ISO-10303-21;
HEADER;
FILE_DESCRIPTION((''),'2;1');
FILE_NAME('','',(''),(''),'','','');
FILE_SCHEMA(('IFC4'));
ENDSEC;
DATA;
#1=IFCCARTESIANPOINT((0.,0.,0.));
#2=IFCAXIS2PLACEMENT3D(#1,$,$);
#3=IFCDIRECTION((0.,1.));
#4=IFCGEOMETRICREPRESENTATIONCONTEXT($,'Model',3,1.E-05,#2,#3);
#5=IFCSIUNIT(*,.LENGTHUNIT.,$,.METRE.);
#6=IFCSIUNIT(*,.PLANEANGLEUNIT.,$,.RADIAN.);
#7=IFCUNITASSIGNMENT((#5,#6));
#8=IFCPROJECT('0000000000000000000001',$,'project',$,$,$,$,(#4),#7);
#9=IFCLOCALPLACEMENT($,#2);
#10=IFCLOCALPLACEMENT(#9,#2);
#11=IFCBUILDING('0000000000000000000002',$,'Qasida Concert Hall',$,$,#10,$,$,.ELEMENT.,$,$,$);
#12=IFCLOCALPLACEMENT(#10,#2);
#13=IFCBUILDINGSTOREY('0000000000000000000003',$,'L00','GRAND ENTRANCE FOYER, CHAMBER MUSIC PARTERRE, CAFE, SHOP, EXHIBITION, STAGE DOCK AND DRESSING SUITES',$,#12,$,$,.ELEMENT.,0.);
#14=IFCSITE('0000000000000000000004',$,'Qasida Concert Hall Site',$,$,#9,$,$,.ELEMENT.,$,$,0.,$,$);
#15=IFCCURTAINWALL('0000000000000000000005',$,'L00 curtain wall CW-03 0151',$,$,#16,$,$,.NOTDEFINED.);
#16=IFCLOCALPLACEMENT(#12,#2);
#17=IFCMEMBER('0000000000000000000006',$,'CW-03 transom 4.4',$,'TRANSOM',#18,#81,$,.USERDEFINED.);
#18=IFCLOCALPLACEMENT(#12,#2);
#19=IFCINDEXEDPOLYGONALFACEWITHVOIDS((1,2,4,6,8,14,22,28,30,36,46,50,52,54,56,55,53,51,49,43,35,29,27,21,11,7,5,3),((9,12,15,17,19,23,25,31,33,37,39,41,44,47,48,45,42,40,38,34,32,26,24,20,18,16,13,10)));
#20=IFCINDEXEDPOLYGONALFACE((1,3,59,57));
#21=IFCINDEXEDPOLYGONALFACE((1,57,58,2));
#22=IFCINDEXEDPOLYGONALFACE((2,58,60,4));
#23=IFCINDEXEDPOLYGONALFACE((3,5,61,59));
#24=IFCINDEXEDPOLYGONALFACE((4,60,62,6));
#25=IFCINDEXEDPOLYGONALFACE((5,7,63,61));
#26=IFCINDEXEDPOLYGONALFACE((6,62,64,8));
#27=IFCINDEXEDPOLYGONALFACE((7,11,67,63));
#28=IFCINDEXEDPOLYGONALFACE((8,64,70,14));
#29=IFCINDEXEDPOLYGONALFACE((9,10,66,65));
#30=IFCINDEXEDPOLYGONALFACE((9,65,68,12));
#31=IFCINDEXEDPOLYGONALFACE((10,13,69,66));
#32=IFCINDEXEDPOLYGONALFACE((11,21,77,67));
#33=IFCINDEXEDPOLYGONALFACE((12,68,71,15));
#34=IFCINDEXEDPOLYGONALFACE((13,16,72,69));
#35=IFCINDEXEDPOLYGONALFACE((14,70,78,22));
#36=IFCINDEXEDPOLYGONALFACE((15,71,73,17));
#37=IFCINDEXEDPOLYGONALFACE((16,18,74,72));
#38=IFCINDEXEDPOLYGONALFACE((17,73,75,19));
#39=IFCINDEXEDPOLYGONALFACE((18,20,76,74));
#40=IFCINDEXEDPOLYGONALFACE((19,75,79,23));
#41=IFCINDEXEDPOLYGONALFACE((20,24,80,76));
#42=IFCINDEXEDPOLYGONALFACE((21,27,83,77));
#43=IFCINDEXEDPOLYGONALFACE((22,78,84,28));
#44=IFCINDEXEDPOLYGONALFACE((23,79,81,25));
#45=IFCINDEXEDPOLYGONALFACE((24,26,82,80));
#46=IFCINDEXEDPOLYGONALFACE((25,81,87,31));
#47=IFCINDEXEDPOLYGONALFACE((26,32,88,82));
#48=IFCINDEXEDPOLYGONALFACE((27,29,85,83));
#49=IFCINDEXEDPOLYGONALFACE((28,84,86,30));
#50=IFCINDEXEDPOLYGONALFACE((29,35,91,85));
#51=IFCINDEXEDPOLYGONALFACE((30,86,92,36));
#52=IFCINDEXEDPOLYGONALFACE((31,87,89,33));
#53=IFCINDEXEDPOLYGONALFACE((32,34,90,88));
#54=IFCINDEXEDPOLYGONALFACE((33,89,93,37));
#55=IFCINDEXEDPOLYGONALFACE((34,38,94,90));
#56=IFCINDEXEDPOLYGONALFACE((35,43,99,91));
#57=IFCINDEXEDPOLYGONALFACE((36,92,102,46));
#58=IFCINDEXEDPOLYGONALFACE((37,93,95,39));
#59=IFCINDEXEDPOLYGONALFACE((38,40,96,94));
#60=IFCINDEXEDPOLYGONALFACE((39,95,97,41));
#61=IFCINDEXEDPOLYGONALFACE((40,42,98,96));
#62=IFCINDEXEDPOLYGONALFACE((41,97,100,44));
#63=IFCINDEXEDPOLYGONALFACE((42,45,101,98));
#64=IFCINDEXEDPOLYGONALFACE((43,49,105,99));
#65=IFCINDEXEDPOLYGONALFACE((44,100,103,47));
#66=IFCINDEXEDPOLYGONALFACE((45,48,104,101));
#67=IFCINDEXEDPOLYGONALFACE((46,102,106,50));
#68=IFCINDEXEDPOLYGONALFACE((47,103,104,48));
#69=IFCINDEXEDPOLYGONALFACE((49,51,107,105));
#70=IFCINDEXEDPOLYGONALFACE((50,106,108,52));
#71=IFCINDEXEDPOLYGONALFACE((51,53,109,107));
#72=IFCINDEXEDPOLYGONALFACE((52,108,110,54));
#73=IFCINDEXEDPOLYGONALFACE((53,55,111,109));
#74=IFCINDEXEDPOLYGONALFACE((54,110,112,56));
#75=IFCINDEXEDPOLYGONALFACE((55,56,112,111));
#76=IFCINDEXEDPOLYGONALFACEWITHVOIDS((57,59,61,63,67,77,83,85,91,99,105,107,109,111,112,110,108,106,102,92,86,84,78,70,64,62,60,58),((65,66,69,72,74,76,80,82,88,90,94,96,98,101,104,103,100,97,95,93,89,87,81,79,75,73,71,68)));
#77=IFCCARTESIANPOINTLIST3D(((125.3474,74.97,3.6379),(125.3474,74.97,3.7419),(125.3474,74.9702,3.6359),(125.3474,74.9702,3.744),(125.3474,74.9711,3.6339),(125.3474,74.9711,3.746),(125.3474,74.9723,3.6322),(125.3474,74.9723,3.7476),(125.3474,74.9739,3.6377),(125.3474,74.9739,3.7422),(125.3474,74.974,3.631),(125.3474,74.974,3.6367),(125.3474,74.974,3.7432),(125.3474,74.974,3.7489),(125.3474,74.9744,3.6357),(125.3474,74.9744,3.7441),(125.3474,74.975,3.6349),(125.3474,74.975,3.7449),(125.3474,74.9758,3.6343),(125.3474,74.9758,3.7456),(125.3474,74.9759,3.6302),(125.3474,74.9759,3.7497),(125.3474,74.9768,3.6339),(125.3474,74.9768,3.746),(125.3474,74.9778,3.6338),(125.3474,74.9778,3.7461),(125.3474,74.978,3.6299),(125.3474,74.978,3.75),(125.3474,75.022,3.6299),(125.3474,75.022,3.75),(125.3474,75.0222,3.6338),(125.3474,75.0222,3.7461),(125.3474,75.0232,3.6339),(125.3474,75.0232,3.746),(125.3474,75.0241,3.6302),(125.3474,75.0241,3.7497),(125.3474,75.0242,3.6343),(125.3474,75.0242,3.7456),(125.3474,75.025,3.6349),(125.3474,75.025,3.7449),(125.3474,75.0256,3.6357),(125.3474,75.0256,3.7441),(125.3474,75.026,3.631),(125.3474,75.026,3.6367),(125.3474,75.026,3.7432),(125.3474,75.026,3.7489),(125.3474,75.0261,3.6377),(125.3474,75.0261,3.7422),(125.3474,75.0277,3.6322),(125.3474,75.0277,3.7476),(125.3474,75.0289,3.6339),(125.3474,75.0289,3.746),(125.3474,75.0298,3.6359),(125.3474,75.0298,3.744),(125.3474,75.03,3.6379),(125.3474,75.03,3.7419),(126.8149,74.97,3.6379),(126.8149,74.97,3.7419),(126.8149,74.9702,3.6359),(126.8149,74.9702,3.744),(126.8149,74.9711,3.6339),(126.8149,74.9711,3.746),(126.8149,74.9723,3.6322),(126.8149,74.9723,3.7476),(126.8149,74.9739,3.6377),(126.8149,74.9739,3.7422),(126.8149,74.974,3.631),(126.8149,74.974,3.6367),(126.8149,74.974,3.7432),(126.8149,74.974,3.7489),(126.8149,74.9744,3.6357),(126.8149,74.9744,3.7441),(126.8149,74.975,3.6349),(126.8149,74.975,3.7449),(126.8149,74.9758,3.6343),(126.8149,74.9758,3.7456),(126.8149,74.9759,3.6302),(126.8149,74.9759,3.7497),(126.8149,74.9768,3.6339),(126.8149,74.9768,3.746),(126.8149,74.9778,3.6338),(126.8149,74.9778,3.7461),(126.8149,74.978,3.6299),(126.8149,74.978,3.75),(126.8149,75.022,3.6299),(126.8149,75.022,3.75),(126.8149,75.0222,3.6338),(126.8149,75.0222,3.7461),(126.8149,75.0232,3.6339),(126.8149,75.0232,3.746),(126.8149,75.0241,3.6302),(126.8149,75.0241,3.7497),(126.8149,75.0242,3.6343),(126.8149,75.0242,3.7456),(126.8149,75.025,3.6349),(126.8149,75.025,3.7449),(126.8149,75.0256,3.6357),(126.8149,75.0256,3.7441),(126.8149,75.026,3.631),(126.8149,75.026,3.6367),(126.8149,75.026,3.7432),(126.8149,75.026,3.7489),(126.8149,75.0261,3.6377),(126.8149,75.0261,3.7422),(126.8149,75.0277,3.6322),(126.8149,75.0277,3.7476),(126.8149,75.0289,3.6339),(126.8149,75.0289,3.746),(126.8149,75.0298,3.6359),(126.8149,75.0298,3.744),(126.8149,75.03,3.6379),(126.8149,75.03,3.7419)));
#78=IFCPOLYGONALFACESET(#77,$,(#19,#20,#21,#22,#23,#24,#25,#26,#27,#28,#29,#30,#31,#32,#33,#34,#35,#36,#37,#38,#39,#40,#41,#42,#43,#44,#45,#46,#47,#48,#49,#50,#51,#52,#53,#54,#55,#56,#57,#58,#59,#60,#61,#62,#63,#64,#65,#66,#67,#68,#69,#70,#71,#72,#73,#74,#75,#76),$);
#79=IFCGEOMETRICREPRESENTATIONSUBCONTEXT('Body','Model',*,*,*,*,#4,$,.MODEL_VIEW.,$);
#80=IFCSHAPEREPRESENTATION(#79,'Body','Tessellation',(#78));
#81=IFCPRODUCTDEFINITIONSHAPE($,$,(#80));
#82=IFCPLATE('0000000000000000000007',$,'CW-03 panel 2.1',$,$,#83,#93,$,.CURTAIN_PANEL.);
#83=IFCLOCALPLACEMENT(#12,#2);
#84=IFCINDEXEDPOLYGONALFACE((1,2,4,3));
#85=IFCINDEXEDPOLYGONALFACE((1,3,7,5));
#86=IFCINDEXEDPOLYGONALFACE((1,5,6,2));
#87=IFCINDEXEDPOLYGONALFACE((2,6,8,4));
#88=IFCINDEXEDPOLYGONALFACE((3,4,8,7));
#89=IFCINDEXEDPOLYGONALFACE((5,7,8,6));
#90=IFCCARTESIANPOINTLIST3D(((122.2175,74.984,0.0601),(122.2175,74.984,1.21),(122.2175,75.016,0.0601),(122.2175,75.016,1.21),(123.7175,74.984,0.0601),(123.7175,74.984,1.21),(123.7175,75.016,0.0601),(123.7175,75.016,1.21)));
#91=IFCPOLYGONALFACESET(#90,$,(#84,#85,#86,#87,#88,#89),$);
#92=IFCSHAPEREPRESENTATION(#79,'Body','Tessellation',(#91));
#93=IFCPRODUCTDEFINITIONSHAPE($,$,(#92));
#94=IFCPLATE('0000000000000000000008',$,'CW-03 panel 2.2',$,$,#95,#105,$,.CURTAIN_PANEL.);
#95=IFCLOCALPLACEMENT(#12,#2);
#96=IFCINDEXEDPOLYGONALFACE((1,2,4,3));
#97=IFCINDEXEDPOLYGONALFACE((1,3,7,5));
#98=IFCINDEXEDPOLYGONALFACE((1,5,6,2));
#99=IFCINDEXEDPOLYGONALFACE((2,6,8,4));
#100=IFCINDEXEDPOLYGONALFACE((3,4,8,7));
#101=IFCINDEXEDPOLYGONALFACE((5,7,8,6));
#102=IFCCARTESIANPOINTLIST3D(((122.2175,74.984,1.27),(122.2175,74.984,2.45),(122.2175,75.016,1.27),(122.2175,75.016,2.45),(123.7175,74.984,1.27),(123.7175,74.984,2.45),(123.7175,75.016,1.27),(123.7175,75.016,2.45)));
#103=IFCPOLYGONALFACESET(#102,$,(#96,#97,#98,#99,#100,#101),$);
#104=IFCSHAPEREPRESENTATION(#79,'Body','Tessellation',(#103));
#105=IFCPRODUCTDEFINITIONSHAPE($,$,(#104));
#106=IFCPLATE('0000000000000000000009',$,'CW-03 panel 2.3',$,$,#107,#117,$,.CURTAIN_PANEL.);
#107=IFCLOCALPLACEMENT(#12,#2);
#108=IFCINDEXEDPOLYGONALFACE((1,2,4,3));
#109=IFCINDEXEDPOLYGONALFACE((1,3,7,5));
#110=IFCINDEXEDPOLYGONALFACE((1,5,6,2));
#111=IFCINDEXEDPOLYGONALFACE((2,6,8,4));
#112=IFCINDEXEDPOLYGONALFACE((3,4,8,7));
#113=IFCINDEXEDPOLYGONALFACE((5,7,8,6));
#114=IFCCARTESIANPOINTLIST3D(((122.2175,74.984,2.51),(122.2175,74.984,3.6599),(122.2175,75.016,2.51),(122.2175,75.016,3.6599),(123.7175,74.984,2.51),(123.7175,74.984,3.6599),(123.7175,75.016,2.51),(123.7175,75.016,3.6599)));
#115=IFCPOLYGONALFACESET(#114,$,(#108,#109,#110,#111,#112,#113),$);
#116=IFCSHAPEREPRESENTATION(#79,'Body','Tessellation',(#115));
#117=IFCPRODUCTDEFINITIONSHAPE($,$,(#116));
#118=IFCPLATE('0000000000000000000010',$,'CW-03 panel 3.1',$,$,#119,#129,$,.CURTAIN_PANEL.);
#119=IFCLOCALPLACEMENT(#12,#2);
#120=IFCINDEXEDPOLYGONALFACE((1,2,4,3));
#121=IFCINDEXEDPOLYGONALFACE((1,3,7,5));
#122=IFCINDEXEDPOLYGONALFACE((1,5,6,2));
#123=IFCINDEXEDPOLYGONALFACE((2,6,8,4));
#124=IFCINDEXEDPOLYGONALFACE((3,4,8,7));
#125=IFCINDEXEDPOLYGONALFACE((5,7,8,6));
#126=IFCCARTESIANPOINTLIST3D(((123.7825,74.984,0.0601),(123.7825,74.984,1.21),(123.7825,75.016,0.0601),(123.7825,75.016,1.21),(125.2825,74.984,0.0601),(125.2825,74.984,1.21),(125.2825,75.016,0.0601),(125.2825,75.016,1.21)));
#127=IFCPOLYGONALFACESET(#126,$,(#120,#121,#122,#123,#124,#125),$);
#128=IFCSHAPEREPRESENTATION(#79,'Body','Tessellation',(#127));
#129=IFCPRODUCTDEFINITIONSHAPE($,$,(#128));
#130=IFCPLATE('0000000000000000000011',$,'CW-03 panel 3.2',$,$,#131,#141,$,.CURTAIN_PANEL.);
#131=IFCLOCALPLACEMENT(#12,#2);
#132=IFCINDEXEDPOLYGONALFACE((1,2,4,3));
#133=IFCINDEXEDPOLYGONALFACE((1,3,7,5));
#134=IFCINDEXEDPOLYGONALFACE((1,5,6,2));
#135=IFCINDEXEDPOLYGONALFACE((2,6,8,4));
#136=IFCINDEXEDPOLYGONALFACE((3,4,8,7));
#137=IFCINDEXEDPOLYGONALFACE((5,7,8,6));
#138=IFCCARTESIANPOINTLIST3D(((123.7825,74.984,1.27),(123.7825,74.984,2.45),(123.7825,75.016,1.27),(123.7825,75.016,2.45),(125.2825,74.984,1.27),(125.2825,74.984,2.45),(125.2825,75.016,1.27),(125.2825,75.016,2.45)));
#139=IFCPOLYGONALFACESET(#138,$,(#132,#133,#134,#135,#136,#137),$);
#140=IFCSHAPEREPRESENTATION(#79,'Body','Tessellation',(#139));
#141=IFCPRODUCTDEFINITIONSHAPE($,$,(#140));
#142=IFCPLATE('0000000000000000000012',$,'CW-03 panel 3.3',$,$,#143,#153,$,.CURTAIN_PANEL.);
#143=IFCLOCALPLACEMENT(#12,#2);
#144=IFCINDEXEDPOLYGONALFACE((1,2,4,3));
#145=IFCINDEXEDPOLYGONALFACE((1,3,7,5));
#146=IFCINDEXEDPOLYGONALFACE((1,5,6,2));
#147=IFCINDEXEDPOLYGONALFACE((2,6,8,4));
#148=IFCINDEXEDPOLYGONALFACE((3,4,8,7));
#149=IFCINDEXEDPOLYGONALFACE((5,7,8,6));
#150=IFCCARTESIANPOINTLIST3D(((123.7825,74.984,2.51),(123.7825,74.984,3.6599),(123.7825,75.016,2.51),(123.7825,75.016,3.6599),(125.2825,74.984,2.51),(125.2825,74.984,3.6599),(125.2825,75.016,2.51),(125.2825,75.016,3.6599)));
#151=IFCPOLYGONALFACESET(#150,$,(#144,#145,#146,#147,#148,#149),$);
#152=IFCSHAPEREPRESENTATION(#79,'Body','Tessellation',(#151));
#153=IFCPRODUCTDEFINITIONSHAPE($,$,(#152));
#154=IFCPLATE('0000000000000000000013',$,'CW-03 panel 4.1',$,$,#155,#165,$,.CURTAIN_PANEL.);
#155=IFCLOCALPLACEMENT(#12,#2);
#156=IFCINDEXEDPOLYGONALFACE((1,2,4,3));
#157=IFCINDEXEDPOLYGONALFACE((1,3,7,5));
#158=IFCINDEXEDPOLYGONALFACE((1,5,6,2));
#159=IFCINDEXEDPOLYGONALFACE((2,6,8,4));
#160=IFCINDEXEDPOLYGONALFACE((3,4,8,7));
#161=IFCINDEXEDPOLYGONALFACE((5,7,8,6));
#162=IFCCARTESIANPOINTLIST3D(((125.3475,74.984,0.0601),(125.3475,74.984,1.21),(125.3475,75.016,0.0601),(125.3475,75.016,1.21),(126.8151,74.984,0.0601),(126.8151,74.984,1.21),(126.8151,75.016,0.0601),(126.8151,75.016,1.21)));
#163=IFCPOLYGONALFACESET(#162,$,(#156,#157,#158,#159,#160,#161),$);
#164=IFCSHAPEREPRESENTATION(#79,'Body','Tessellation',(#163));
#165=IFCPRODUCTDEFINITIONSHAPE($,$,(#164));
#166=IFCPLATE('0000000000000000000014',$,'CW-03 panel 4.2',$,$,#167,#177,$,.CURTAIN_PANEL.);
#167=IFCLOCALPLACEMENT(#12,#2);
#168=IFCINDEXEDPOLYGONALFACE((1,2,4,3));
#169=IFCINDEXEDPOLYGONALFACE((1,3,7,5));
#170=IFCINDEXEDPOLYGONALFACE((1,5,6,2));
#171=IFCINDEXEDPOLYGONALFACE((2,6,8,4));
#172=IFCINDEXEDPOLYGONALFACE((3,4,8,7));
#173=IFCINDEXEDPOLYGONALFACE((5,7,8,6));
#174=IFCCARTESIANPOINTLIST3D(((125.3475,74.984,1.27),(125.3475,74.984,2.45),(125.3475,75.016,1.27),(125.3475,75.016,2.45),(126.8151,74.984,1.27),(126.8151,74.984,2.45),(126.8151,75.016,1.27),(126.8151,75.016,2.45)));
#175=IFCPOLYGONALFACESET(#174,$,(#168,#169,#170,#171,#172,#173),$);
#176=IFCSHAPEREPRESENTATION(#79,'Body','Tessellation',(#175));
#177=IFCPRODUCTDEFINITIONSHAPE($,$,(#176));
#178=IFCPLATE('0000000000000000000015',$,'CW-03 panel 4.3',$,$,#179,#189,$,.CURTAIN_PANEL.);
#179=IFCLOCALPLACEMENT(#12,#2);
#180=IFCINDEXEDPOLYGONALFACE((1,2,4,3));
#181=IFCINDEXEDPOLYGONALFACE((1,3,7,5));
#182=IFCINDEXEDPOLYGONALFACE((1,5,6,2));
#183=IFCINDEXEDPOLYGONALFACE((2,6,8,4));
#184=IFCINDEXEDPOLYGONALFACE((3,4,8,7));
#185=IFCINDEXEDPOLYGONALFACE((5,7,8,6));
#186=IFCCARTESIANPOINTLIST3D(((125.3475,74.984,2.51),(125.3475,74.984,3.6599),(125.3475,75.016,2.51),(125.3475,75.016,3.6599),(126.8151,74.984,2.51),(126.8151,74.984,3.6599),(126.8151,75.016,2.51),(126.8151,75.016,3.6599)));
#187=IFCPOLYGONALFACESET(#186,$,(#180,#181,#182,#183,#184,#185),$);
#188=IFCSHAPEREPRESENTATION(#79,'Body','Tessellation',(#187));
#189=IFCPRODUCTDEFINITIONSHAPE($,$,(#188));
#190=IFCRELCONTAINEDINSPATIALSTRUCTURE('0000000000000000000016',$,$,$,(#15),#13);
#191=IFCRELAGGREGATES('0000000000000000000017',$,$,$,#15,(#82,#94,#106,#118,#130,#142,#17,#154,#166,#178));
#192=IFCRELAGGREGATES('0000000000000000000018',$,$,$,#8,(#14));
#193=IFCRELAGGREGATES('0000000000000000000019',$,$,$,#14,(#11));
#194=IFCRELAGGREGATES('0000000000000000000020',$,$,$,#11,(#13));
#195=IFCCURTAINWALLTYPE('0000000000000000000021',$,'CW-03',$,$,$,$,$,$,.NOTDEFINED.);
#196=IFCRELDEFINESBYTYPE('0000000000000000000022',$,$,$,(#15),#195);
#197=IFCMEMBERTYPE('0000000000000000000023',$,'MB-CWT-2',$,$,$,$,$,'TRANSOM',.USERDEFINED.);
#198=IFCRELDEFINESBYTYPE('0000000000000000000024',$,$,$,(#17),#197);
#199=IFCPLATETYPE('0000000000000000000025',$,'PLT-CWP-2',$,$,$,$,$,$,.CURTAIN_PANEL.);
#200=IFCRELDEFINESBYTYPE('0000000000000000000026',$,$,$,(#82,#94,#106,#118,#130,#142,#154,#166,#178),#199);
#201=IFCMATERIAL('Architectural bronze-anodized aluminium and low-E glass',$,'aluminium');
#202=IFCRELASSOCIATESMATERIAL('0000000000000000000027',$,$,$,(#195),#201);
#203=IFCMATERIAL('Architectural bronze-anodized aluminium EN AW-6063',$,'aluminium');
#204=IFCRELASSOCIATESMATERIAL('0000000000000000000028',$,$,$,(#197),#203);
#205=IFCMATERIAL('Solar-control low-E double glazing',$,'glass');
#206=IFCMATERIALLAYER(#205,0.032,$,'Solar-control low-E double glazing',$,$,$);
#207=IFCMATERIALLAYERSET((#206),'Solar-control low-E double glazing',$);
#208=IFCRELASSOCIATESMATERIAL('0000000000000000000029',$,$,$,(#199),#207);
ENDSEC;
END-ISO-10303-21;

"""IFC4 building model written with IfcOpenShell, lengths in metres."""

from ifc_helpers import new_model, si_unit, direction, frame, origin, origin_2d, place, context, subcontext, project, spatial, rectangle, hollow_rectangle, extrude, material, layer, layer_set, material_profile, profile_set, type_object, element, aggregate, save


model = new_model("IFC4")

# Units and contexts
model_context = context("Model", 3, precision=1e-05, world=origin(), true_north=direction((0.0, 1.0)))
body_context = subcontext(model_context, "Body", "Model", "MODEL_VIEW")
ifc_project = project(units=[si_unit("LENGTHUNIT", "METRE"), si_unit("PLANEANGLEUNIT", "RADIAN")], contexts=[model_context])

# Site, building, storey
site_placement = place(None, origin())
site = spatial("IfcSite", under=ifc_project, at=site_placement, Name="Qasida Concert Hall Site", CompositionType="ELEMENT", RefElevation=0.0)
building_placement = place(site_placement, origin())
building = spatial("IfcBuilding", under=site, at=building_placement, Name="Qasida Concert Hall", CompositionType="ELEMENT")
storey_placement = place(building_placement, origin())
storey = spatial("IfcBuildingStorey", under=building, at=storey_placement, Name="L00", Description="GRAND ENTRANCE FOYER, CHAMBER MUSIC PARTERRE, CAFE, SHOP, EXHIBITION, STAGE DOCK AND DRESSING SUITES", CompositionType="ELEMENT", Elevation=0.0)

# Curtain wall, member, plates
ifc_material_1 = material(Name="Architectural bronze-anodized aluminium and low-E glass", Category="aluminium")
curtain_wall_type = type_object("IfcCurtainWallType", Name="CW-03", PredefinedType="NOTDEFINED", material=ifc_material_1)
curtain_wall_placement = place(storey_placement, origin())
curtain_wall = element("IfcCurtainWall", 1, at=curtain_wall_placement, inside=storey, type_object=curtain_wall_type, Name="L00 curtain wall CW-03 0151", PredefinedType="NOTDEFINED")
ifc_material_2 = material(Name="Architectural bronze-anodized aluminium EN AW-6063", Category="aluminium")
ifc_material_profile_1 = material_profile(ifc_material_2, hollow_rectangle(XDim=0.0601, YDim=0.1201, WallThickness=0.0039, InnerFilletRadius=0.0039, OuterFilletRadius=0.0081, at=origin_2d()), Name="CWT 120x60x4")
ifc_profile_set_1 = profile_set([ifc_material_profile_1], Name="Architectural bronze-anodized aluminium EN AW-6063")
member_type_1 = type_object("IfcMemberType", Name="MB-CWT-2", ElementType="TRANSOM", PredefinedType="USERDEFINED", material=ifc_profile_set_1)
member_1_placement = place(storey_placement, frame((125.3474, 75.0, 3.6899), z_axis=(1.0, 0.0, 0.0), x_axis=(0.0, 1.0, 0.0)))
member_1 = element("IfcMember", 2, at=member_1_placement, type_object=member_type_1, Name="CW-03 transom 4.4", ObjectType="TRANSOM", PredefinedType="USERDEFINED", context=body_context, shape_type="SweptSolid", body=[
    extrude(hollow_rectangle(XDim=0.0601, YDim=0.1201, WallThickness=0.0039, InnerFilletRadius=0.0039, OuterFilletRadius=0.0081, at=origin_2d()), origin(), (0.0, 0.0, 1.0), 1.4675),
])
ifc_material_3 = material(Name="Solar-control low-E double glazing", Category="glass")
ifc_layer = layer(ifc_material_3, 0.032, Name="Solar-control low-E double glazing")
ifc_layer_set = layer_set([ifc_layer], Name="Solar-control low-E double glazing")
plate_type = type_object("IfcPlateType", Name="PLT-CWP-2", PredefinedType="CURTAIN_PANEL", material=ifc_layer_set)
plate_1_placement = place(storey_placement, frame((122.9675, 75.0, 0.0601), z_axis=(0.0, 0.0, 1.0), x_axis=(1.0, 0.0, 0.0)))
plate_1 = element("IfcPlate", 3, at=plate_1_placement, type_object=plate_type, Name="CW-03 panel 2.1", PredefinedType="CURTAIN_PANEL", context=body_context, shape_type="SweptSolid", body=[
    extrude(rectangle(XDim=1.5, YDim=0.032, at=origin_2d()), origin(), (0.0, 0.0, 1.0), 1.1499),
])
plate_2_placement = place(storey_placement, frame((122.9675, 75.0, 1.27), z_axis=(0.0, 0.0, 1.0), x_axis=(1.0, 0.0, 0.0)))
plate_2 = element("IfcPlate", 4, at=plate_2_placement, type_object=plate_type, Name="CW-03 panel 2.2", PredefinedType="CURTAIN_PANEL", context=body_context, shape_type="SweptSolid", body=[
    extrude(rectangle(XDim=1.5, YDim=0.032, at=origin_2d()), origin(), (0.0, 0.0, 1.0), 1.1799),
])
plate_3_placement = place(storey_placement, frame((122.9675, 75.0, 2.51), z_axis=(0.0, 0.0, 1.0), x_axis=(1.0, 0.0, 0.0)))
plate_3 = element("IfcPlate", 5, at=plate_3_placement, type_object=plate_type, Name="CW-03 panel 2.3", PredefinedType="CURTAIN_PANEL", context=body_context, shape_type="SweptSolid", body=[
    extrude(rectangle(XDim=1.5, YDim=0.032, at=origin_2d()), origin(), (0.0, 0.0, 1.0), 1.1499),
])
plate_4_placement = place(storey_placement, frame((124.5325, 75.0, 0.0601), z_axis=(0.0, 0.0, 1.0), x_axis=(1.0, 0.0, 0.0)))
plate_4 = element("IfcPlate", 6, at=plate_4_placement, type_object=plate_type, Name="CW-03 panel 3.1", PredefinedType="CURTAIN_PANEL", context=body_context, shape_type="SweptSolid", body=[
    extrude(rectangle(XDim=1.5, YDim=0.032, at=origin_2d()), origin(), (0.0, 0.0, 1.0), 1.1499),
])
plate_5_placement = place(storey_placement, frame((124.5325, 75.0, 1.27), z_axis=(0.0, 0.0, 1.0), x_axis=(1.0, 0.0, 0.0)))
plate_5 = element("IfcPlate", 7, at=plate_5_placement, type_object=plate_type, Name="CW-03 panel 3.2", PredefinedType="CURTAIN_PANEL", context=body_context, shape_type="SweptSolid", body=[
    extrude(rectangle(XDim=1.5, YDim=0.032, at=origin_2d()), origin(), (0.0, 0.0, 1.0), 1.1799),
])
plate_6_placement = place(storey_placement, frame((124.5325, 75.0, 2.51), z_axis=(0.0, 0.0, 1.0), x_axis=(1.0, 0.0, 0.0)))
plate_6 = element("IfcPlate", 8, at=plate_6_placement, type_object=plate_type, Name="CW-03 panel 3.3", PredefinedType="CURTAIN_PANEL", context=body_context, shape_type="SweptSolid", body=[
    extrude(rectangle(XDim=1.5, YDim=0.032, at=origin_2d()), origin(), (0.0, 0.0, 1.0), 1.1499),
])
plate_7_placement = place(storey_placement, frame((126.0813, 75.0, 0.0601), z_axis=(0.0, 0.0, 1.0), x_axis=(1.0, 0.0, 0.0)))
plate_7 = element("IfcPlate", 9, at=plate_7_placement, type_object=plate_type, Name="CW-03 panel 4.1", PredefinedType="CURTAIN_PANEL", context=body_context, shape_type="SweptSolid", body=[
    extrude(rectangle(XDim=1.4675, YDim=0.032, at=origin_2d()), origin(), (0.0, 0.0, 1.0), 1.1499),
])
plate_8_placement = place(storey_placement, frame((126.0813, 75.0, 1.27), z_axis=(0.0, 0.0, 1.0), x_axis=(1.0, 0.0, 0.0)))
plate_8 = element("IfcPlate", 10, at=plate_8_placement, type_object=plate_type, Name="CW-03 panel 4.2", PredefinedType="CURTAIN_PANEL", context=body_context, shape_type="SweptSolid", body=[
    extrude(rectangle(XDim=1.4675, YDim=0.032, at=origin_2d()), origin(), (0.0, 0.0, 1.0), 1.1799),
])
plate_9_placement = place(storey_placement, frame((126.0813, 75.0, 2.51), z_axis=(0.0, 0.0, 1.0), x_axis=(1.0, 0.0, 0.0)))
plate_9 = element("IfcPlate", 11, at=plate_9_placement, type_object=plate_type, Name="CW-03 panel 4.3", PredefinedType="CURTAIN_PANEL", context=body_context, shape_type="SweptSolid", body=[
    extrude(rectangle(XDim=1.4675, YDim=0.032, at=origin_2d()), origin(), (0.0, 0.0, 1.0), 1.1499),
])
aggregate(curtain_wall, [plate_1, plate_2, plate_3, plate_4, plate_5, plate_6, member_1, plate_7, plate_8, plate_9])

save(model, "model.ifc")
